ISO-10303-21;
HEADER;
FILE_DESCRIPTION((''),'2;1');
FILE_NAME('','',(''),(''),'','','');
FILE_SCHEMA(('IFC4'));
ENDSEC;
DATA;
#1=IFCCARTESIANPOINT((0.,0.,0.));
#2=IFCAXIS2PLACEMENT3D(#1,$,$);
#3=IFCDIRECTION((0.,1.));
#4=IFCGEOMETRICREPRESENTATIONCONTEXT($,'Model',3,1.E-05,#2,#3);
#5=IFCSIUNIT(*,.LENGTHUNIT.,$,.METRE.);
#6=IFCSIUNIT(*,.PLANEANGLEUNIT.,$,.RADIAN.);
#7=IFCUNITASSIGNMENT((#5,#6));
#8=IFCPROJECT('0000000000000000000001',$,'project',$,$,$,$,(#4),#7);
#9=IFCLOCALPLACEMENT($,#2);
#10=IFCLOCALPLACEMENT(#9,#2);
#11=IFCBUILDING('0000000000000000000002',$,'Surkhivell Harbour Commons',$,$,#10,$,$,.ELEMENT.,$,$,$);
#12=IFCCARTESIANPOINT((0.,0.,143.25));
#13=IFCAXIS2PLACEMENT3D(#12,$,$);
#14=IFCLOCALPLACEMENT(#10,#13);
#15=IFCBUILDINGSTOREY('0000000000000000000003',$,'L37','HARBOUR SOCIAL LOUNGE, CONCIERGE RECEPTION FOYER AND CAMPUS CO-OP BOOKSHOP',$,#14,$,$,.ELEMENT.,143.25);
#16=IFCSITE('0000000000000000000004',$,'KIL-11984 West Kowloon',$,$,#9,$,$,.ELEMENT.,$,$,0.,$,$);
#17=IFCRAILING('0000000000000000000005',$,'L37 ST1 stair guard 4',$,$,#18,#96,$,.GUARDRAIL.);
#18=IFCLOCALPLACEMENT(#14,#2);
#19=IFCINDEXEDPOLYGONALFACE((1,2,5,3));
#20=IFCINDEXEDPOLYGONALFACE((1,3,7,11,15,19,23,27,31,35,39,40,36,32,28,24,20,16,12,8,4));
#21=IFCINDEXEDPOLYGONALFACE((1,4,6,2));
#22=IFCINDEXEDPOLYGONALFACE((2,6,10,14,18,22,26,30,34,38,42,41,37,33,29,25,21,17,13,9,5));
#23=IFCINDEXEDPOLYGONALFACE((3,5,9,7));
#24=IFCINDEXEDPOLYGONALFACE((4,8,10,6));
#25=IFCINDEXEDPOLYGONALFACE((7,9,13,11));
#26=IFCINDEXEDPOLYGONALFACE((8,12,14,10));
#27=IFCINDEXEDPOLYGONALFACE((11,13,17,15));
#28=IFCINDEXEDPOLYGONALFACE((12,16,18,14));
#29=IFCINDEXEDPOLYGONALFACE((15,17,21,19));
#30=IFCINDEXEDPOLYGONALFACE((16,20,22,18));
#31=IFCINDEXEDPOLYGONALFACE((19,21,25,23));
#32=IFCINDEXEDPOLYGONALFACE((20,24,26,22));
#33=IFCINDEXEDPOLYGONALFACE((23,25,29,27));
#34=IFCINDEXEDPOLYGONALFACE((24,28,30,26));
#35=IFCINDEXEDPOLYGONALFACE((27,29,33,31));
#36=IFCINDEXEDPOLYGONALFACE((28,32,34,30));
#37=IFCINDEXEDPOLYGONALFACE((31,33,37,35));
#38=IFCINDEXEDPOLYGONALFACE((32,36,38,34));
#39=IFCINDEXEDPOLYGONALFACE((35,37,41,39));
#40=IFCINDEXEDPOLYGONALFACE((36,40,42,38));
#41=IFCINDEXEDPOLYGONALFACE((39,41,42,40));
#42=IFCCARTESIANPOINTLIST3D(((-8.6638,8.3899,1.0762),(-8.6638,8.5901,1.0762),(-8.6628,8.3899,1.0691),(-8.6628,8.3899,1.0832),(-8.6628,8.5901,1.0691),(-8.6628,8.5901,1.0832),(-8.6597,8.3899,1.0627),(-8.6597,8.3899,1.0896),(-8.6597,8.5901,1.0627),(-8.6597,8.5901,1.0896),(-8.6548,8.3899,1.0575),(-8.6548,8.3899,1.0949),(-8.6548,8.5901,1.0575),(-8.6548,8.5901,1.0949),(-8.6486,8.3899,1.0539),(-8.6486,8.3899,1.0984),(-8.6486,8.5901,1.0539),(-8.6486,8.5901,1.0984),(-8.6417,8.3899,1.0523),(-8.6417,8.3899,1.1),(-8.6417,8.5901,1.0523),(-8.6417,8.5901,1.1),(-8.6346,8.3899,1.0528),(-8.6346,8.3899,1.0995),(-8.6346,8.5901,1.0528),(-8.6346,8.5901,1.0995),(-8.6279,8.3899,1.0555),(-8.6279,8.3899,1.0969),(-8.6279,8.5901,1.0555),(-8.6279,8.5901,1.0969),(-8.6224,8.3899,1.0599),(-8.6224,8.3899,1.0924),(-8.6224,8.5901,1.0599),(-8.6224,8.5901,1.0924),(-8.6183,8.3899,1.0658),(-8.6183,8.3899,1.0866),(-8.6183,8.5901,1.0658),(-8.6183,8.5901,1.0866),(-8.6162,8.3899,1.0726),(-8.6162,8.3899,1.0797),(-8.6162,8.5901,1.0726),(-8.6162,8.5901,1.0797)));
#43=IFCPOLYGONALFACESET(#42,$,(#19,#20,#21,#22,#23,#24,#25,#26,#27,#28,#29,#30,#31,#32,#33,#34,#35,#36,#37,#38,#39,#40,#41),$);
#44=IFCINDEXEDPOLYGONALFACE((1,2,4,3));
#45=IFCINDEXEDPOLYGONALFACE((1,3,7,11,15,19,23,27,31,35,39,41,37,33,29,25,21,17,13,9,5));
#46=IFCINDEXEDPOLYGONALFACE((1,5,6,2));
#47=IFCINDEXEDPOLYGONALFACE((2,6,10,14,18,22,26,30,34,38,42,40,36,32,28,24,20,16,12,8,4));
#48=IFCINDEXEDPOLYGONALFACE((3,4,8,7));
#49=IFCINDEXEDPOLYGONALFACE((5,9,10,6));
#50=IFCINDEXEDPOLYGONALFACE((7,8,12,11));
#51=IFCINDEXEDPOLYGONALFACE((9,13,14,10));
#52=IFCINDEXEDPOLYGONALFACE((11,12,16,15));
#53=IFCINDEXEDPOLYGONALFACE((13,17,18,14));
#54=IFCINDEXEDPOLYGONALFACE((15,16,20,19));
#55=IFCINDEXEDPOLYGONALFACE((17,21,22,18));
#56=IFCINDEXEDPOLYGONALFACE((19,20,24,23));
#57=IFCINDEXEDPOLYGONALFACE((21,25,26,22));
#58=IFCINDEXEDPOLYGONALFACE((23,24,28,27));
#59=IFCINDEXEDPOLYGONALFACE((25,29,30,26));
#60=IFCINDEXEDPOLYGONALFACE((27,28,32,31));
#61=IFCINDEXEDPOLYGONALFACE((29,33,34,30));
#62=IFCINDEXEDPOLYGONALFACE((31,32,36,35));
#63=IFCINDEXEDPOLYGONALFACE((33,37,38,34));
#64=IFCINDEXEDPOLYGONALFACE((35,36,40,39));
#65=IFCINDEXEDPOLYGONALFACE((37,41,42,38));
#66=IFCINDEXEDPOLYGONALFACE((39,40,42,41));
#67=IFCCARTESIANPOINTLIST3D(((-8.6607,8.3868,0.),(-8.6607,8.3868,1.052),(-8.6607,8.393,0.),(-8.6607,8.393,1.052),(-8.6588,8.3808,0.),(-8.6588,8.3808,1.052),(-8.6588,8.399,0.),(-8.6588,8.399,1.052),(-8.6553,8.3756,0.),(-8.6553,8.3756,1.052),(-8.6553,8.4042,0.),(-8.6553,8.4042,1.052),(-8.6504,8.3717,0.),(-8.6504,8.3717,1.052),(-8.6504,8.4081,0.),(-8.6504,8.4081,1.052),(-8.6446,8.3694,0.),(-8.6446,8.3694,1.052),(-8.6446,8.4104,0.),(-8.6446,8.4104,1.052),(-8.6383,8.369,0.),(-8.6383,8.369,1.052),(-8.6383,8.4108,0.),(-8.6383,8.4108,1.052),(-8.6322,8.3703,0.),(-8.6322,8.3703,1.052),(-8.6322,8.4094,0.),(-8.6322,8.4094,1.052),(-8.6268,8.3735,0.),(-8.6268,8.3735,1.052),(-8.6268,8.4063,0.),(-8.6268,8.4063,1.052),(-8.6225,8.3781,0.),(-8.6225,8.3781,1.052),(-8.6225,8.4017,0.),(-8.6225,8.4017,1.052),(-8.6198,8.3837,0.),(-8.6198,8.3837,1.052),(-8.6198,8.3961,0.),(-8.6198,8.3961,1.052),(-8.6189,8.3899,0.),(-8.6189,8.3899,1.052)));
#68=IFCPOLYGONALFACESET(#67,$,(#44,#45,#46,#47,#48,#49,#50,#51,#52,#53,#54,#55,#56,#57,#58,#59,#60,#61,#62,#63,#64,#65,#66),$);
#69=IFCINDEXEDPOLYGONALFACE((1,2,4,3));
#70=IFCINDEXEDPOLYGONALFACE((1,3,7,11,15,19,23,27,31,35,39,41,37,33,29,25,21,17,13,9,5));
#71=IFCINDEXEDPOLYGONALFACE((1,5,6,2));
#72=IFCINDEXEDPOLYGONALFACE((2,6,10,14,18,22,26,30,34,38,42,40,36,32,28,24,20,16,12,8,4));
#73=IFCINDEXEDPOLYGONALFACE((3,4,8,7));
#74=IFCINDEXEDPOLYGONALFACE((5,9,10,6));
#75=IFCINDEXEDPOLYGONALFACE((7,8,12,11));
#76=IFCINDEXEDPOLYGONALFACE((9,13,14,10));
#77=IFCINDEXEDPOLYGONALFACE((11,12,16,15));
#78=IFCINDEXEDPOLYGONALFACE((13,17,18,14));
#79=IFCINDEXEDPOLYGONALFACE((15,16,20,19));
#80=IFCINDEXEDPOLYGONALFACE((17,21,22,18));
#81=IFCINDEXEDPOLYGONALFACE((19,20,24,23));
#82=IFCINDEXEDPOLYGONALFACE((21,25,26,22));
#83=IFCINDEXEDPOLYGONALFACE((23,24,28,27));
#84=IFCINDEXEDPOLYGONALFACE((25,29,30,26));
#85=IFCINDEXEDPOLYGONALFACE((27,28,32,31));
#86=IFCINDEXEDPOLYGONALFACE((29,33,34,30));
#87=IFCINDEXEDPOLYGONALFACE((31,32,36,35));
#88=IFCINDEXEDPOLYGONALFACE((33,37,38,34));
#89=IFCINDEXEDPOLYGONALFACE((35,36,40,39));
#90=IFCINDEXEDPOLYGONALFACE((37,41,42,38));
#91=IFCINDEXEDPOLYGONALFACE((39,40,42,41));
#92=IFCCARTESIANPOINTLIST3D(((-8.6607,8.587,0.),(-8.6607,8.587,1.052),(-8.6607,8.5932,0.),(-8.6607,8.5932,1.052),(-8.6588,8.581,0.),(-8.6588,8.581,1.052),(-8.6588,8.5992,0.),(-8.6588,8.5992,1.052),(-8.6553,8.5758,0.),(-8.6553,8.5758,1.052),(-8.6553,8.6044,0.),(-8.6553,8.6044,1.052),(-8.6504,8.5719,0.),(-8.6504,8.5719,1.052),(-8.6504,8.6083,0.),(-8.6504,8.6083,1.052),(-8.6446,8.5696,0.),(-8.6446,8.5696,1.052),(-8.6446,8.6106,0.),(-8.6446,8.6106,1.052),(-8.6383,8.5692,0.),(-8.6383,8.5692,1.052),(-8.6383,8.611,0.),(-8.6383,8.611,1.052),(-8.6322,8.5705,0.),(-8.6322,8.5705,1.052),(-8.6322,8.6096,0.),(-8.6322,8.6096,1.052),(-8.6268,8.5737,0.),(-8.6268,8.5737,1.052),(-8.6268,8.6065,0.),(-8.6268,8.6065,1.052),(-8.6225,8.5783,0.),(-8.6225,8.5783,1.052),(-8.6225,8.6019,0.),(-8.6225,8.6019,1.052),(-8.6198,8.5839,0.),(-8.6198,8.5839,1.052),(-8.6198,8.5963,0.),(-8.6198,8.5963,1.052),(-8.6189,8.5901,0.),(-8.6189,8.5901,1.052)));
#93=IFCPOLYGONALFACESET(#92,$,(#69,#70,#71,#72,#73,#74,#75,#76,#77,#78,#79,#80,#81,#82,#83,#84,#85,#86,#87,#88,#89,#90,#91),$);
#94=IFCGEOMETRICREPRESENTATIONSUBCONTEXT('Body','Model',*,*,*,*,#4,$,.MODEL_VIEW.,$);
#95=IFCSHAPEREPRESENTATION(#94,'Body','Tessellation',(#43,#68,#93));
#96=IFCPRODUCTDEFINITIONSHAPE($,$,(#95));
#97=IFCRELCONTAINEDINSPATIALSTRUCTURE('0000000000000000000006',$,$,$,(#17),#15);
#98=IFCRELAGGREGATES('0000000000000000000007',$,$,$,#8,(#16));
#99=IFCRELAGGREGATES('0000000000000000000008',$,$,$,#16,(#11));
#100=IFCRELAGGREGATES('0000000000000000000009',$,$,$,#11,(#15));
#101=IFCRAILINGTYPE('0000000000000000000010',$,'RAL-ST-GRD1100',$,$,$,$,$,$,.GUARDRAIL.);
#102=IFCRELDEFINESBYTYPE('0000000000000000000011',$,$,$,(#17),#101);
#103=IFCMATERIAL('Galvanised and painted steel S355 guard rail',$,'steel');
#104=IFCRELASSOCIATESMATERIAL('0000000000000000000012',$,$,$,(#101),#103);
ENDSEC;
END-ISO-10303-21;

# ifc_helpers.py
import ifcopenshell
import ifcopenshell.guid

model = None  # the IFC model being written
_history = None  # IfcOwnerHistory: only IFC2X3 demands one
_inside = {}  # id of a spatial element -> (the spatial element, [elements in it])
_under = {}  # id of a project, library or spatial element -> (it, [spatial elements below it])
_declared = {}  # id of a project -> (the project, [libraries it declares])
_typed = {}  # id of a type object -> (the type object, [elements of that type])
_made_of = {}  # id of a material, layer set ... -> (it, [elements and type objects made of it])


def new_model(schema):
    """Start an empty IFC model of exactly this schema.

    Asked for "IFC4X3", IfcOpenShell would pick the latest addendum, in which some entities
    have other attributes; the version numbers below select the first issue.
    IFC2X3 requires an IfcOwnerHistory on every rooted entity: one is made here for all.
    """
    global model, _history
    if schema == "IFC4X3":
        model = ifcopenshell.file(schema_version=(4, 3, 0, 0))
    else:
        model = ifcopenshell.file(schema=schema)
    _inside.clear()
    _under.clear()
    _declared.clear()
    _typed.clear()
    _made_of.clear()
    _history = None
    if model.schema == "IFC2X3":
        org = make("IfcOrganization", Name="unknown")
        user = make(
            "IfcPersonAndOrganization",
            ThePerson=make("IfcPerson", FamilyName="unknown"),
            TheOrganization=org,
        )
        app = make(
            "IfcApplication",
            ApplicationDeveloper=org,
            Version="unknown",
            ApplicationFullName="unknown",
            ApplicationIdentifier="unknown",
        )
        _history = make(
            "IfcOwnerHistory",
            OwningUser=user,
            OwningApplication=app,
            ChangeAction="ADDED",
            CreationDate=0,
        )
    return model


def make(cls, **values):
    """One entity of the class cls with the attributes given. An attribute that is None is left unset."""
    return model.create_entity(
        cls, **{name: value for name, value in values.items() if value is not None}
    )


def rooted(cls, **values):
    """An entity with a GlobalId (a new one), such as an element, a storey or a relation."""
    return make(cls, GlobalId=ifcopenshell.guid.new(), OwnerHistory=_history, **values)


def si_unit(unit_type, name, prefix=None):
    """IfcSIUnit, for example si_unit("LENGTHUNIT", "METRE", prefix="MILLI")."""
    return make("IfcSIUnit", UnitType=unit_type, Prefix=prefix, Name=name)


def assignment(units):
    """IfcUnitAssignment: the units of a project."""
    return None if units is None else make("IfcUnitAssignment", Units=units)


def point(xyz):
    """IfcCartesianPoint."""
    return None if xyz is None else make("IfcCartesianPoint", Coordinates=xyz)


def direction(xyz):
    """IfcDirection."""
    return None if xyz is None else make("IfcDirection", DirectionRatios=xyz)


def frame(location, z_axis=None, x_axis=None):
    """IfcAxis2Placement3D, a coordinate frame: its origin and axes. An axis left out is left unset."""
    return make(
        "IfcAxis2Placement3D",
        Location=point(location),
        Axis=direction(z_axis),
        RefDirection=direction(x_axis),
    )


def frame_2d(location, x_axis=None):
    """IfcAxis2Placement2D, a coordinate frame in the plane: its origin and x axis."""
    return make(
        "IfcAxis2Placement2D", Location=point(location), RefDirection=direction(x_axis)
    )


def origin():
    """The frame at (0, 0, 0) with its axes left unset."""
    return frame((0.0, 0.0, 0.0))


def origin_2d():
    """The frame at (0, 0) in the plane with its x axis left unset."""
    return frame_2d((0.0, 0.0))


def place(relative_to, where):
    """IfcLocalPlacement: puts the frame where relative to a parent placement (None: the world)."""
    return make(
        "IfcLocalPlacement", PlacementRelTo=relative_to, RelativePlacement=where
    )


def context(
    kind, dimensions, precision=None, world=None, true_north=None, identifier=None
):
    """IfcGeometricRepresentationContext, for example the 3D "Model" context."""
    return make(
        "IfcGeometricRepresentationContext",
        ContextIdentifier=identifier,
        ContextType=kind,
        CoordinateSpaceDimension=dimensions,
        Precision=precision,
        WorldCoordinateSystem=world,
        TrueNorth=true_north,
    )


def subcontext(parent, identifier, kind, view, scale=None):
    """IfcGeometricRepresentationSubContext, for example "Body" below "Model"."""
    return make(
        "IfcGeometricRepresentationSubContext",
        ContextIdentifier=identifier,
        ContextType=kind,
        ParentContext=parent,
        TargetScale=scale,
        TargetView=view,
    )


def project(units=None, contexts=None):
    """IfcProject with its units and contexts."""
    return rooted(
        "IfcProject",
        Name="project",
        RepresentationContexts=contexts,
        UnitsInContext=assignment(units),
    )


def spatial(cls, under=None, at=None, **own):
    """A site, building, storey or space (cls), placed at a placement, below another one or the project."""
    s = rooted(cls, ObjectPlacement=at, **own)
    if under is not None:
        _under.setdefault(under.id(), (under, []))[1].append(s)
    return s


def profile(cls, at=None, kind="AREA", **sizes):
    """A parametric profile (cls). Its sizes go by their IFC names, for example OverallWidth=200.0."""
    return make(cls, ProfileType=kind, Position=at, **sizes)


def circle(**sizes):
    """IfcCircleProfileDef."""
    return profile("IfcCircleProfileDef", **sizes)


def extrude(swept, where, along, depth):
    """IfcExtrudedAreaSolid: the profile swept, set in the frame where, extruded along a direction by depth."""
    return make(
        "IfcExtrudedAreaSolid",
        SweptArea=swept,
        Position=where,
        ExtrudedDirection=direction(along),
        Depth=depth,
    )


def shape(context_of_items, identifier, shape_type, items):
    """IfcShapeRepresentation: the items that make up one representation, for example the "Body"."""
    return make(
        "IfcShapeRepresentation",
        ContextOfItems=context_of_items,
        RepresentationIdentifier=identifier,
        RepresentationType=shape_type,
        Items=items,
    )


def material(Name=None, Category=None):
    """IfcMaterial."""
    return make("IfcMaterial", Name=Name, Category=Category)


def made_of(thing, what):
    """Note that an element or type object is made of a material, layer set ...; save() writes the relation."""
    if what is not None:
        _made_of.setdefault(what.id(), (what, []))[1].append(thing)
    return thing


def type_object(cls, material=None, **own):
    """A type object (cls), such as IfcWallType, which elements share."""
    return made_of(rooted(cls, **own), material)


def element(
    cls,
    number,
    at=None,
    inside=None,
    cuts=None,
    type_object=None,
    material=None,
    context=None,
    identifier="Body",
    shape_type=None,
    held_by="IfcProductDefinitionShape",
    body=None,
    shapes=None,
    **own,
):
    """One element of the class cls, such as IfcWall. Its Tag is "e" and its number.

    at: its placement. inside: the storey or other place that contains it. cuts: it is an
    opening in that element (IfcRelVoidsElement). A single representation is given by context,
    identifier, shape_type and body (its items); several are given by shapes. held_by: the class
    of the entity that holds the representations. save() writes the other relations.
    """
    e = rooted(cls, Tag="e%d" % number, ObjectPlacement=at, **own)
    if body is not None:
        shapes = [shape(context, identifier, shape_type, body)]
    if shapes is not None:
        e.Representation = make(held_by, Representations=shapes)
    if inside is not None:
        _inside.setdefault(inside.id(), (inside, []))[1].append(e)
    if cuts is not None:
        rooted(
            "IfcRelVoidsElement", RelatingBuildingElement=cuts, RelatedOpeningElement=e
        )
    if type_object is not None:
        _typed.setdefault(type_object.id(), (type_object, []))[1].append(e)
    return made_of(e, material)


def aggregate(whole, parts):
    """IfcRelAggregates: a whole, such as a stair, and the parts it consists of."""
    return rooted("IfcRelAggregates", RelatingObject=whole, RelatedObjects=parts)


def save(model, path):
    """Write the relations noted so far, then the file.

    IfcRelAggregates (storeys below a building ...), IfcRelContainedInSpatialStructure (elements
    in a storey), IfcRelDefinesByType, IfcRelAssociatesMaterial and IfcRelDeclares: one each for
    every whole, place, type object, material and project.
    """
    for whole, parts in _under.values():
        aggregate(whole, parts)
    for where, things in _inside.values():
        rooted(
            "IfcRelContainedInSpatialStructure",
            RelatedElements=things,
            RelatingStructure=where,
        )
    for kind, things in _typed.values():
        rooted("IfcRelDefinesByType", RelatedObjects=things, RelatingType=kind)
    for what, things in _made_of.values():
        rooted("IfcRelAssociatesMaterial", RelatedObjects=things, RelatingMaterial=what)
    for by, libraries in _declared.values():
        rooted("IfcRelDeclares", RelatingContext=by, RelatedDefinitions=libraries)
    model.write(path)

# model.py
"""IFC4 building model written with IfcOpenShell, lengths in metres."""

from ifc_helpers import new_model, si_unit, direction, frame, origin, origin_2d, place, context, subcontext, project, spatial, circle, extrude, material, type_object, element, save


model = new_model("IFC4")

# Units and contexts
model_context = context("Model", 3, precision=1e-05, world=origin(), true_north=direction((0.0, 1.0)))
body_context = subcontext(model_context, "Body", "Model", "MODEL_VIEW")
ifc_project = project(units=[si_unit("LENGTHUNIT", "METRE"), si_unit("PLANEANGLEUNIT", "RADIAN")], contexts=[model_context])

# Site, building, storey
site_placement = place(None, origin())
site = spatial("IfcSite", under=ifc_project, at=site_placement, Name="KIL-11984 West Kowloon", CompositionType="ELEMENT", RefElevation=0.0)
building_placement = place(site_placement, origin())
building = spatial("IfcBuilding", under=site, at=building_placement, Name="Surkhivell Harbour Commons", CompositionType="ELEMENT")
storey_placement = place(building_placement, frame((0.0, 0.0, 143.25)))
storey = spatial("IfcBuildingStorey", under=building, at=storey_placement, Name="L37", Description="HARBOUR SOCIAL LOUNGE, CONCIERGE RECEPTION FOYER AND CAMPUS CO-OP BOOKSHOP", CompositionType="ELEMENT", Elevation=143.25)

# Railing
ifc_material_1 = material(Name="Galvanised and painted steel S355 guard rail", Category="steel")
railing_type_1 = type_object("IfcRailingType", Name="RAL-ST-GRD1100", PredefinedType="GUARDRAIL", material=ifc_material_1)
railing_1_placement = place(storey_placement, frame((-8.6399, 8.3899, 0.0)))
element("IfcRailing", 1, at=railing_1_placement, inside=storey, type_object=railing_type_1, Name="L37 ST1 stair guard 4", PredefinedType="GUARDRAIL", context=body_context, shape_type="SweptSolid", body=[
    extrude(circle(Radius=0.0239, at=origin_2d()), frame((0.0, 0.0, 1.0762), z_axis=(0.0, 1.0, 0.0), x_axis=(-1.0, 0.0, 0.0)), (0.0, 0.0, 1.0), 0.2002),
    extrude(circle(Radius=0.021, at=origin_2d()), origin(), (0.0, 0.0, 1.0), 1.052),
    extrude(circle(Radius=0.021, at=origin_2d()), frame((0.0, 0.2002, 0.0)), (0.0, 0.0, 1.0), 1.052),
])

save(model, "model.ifc")
